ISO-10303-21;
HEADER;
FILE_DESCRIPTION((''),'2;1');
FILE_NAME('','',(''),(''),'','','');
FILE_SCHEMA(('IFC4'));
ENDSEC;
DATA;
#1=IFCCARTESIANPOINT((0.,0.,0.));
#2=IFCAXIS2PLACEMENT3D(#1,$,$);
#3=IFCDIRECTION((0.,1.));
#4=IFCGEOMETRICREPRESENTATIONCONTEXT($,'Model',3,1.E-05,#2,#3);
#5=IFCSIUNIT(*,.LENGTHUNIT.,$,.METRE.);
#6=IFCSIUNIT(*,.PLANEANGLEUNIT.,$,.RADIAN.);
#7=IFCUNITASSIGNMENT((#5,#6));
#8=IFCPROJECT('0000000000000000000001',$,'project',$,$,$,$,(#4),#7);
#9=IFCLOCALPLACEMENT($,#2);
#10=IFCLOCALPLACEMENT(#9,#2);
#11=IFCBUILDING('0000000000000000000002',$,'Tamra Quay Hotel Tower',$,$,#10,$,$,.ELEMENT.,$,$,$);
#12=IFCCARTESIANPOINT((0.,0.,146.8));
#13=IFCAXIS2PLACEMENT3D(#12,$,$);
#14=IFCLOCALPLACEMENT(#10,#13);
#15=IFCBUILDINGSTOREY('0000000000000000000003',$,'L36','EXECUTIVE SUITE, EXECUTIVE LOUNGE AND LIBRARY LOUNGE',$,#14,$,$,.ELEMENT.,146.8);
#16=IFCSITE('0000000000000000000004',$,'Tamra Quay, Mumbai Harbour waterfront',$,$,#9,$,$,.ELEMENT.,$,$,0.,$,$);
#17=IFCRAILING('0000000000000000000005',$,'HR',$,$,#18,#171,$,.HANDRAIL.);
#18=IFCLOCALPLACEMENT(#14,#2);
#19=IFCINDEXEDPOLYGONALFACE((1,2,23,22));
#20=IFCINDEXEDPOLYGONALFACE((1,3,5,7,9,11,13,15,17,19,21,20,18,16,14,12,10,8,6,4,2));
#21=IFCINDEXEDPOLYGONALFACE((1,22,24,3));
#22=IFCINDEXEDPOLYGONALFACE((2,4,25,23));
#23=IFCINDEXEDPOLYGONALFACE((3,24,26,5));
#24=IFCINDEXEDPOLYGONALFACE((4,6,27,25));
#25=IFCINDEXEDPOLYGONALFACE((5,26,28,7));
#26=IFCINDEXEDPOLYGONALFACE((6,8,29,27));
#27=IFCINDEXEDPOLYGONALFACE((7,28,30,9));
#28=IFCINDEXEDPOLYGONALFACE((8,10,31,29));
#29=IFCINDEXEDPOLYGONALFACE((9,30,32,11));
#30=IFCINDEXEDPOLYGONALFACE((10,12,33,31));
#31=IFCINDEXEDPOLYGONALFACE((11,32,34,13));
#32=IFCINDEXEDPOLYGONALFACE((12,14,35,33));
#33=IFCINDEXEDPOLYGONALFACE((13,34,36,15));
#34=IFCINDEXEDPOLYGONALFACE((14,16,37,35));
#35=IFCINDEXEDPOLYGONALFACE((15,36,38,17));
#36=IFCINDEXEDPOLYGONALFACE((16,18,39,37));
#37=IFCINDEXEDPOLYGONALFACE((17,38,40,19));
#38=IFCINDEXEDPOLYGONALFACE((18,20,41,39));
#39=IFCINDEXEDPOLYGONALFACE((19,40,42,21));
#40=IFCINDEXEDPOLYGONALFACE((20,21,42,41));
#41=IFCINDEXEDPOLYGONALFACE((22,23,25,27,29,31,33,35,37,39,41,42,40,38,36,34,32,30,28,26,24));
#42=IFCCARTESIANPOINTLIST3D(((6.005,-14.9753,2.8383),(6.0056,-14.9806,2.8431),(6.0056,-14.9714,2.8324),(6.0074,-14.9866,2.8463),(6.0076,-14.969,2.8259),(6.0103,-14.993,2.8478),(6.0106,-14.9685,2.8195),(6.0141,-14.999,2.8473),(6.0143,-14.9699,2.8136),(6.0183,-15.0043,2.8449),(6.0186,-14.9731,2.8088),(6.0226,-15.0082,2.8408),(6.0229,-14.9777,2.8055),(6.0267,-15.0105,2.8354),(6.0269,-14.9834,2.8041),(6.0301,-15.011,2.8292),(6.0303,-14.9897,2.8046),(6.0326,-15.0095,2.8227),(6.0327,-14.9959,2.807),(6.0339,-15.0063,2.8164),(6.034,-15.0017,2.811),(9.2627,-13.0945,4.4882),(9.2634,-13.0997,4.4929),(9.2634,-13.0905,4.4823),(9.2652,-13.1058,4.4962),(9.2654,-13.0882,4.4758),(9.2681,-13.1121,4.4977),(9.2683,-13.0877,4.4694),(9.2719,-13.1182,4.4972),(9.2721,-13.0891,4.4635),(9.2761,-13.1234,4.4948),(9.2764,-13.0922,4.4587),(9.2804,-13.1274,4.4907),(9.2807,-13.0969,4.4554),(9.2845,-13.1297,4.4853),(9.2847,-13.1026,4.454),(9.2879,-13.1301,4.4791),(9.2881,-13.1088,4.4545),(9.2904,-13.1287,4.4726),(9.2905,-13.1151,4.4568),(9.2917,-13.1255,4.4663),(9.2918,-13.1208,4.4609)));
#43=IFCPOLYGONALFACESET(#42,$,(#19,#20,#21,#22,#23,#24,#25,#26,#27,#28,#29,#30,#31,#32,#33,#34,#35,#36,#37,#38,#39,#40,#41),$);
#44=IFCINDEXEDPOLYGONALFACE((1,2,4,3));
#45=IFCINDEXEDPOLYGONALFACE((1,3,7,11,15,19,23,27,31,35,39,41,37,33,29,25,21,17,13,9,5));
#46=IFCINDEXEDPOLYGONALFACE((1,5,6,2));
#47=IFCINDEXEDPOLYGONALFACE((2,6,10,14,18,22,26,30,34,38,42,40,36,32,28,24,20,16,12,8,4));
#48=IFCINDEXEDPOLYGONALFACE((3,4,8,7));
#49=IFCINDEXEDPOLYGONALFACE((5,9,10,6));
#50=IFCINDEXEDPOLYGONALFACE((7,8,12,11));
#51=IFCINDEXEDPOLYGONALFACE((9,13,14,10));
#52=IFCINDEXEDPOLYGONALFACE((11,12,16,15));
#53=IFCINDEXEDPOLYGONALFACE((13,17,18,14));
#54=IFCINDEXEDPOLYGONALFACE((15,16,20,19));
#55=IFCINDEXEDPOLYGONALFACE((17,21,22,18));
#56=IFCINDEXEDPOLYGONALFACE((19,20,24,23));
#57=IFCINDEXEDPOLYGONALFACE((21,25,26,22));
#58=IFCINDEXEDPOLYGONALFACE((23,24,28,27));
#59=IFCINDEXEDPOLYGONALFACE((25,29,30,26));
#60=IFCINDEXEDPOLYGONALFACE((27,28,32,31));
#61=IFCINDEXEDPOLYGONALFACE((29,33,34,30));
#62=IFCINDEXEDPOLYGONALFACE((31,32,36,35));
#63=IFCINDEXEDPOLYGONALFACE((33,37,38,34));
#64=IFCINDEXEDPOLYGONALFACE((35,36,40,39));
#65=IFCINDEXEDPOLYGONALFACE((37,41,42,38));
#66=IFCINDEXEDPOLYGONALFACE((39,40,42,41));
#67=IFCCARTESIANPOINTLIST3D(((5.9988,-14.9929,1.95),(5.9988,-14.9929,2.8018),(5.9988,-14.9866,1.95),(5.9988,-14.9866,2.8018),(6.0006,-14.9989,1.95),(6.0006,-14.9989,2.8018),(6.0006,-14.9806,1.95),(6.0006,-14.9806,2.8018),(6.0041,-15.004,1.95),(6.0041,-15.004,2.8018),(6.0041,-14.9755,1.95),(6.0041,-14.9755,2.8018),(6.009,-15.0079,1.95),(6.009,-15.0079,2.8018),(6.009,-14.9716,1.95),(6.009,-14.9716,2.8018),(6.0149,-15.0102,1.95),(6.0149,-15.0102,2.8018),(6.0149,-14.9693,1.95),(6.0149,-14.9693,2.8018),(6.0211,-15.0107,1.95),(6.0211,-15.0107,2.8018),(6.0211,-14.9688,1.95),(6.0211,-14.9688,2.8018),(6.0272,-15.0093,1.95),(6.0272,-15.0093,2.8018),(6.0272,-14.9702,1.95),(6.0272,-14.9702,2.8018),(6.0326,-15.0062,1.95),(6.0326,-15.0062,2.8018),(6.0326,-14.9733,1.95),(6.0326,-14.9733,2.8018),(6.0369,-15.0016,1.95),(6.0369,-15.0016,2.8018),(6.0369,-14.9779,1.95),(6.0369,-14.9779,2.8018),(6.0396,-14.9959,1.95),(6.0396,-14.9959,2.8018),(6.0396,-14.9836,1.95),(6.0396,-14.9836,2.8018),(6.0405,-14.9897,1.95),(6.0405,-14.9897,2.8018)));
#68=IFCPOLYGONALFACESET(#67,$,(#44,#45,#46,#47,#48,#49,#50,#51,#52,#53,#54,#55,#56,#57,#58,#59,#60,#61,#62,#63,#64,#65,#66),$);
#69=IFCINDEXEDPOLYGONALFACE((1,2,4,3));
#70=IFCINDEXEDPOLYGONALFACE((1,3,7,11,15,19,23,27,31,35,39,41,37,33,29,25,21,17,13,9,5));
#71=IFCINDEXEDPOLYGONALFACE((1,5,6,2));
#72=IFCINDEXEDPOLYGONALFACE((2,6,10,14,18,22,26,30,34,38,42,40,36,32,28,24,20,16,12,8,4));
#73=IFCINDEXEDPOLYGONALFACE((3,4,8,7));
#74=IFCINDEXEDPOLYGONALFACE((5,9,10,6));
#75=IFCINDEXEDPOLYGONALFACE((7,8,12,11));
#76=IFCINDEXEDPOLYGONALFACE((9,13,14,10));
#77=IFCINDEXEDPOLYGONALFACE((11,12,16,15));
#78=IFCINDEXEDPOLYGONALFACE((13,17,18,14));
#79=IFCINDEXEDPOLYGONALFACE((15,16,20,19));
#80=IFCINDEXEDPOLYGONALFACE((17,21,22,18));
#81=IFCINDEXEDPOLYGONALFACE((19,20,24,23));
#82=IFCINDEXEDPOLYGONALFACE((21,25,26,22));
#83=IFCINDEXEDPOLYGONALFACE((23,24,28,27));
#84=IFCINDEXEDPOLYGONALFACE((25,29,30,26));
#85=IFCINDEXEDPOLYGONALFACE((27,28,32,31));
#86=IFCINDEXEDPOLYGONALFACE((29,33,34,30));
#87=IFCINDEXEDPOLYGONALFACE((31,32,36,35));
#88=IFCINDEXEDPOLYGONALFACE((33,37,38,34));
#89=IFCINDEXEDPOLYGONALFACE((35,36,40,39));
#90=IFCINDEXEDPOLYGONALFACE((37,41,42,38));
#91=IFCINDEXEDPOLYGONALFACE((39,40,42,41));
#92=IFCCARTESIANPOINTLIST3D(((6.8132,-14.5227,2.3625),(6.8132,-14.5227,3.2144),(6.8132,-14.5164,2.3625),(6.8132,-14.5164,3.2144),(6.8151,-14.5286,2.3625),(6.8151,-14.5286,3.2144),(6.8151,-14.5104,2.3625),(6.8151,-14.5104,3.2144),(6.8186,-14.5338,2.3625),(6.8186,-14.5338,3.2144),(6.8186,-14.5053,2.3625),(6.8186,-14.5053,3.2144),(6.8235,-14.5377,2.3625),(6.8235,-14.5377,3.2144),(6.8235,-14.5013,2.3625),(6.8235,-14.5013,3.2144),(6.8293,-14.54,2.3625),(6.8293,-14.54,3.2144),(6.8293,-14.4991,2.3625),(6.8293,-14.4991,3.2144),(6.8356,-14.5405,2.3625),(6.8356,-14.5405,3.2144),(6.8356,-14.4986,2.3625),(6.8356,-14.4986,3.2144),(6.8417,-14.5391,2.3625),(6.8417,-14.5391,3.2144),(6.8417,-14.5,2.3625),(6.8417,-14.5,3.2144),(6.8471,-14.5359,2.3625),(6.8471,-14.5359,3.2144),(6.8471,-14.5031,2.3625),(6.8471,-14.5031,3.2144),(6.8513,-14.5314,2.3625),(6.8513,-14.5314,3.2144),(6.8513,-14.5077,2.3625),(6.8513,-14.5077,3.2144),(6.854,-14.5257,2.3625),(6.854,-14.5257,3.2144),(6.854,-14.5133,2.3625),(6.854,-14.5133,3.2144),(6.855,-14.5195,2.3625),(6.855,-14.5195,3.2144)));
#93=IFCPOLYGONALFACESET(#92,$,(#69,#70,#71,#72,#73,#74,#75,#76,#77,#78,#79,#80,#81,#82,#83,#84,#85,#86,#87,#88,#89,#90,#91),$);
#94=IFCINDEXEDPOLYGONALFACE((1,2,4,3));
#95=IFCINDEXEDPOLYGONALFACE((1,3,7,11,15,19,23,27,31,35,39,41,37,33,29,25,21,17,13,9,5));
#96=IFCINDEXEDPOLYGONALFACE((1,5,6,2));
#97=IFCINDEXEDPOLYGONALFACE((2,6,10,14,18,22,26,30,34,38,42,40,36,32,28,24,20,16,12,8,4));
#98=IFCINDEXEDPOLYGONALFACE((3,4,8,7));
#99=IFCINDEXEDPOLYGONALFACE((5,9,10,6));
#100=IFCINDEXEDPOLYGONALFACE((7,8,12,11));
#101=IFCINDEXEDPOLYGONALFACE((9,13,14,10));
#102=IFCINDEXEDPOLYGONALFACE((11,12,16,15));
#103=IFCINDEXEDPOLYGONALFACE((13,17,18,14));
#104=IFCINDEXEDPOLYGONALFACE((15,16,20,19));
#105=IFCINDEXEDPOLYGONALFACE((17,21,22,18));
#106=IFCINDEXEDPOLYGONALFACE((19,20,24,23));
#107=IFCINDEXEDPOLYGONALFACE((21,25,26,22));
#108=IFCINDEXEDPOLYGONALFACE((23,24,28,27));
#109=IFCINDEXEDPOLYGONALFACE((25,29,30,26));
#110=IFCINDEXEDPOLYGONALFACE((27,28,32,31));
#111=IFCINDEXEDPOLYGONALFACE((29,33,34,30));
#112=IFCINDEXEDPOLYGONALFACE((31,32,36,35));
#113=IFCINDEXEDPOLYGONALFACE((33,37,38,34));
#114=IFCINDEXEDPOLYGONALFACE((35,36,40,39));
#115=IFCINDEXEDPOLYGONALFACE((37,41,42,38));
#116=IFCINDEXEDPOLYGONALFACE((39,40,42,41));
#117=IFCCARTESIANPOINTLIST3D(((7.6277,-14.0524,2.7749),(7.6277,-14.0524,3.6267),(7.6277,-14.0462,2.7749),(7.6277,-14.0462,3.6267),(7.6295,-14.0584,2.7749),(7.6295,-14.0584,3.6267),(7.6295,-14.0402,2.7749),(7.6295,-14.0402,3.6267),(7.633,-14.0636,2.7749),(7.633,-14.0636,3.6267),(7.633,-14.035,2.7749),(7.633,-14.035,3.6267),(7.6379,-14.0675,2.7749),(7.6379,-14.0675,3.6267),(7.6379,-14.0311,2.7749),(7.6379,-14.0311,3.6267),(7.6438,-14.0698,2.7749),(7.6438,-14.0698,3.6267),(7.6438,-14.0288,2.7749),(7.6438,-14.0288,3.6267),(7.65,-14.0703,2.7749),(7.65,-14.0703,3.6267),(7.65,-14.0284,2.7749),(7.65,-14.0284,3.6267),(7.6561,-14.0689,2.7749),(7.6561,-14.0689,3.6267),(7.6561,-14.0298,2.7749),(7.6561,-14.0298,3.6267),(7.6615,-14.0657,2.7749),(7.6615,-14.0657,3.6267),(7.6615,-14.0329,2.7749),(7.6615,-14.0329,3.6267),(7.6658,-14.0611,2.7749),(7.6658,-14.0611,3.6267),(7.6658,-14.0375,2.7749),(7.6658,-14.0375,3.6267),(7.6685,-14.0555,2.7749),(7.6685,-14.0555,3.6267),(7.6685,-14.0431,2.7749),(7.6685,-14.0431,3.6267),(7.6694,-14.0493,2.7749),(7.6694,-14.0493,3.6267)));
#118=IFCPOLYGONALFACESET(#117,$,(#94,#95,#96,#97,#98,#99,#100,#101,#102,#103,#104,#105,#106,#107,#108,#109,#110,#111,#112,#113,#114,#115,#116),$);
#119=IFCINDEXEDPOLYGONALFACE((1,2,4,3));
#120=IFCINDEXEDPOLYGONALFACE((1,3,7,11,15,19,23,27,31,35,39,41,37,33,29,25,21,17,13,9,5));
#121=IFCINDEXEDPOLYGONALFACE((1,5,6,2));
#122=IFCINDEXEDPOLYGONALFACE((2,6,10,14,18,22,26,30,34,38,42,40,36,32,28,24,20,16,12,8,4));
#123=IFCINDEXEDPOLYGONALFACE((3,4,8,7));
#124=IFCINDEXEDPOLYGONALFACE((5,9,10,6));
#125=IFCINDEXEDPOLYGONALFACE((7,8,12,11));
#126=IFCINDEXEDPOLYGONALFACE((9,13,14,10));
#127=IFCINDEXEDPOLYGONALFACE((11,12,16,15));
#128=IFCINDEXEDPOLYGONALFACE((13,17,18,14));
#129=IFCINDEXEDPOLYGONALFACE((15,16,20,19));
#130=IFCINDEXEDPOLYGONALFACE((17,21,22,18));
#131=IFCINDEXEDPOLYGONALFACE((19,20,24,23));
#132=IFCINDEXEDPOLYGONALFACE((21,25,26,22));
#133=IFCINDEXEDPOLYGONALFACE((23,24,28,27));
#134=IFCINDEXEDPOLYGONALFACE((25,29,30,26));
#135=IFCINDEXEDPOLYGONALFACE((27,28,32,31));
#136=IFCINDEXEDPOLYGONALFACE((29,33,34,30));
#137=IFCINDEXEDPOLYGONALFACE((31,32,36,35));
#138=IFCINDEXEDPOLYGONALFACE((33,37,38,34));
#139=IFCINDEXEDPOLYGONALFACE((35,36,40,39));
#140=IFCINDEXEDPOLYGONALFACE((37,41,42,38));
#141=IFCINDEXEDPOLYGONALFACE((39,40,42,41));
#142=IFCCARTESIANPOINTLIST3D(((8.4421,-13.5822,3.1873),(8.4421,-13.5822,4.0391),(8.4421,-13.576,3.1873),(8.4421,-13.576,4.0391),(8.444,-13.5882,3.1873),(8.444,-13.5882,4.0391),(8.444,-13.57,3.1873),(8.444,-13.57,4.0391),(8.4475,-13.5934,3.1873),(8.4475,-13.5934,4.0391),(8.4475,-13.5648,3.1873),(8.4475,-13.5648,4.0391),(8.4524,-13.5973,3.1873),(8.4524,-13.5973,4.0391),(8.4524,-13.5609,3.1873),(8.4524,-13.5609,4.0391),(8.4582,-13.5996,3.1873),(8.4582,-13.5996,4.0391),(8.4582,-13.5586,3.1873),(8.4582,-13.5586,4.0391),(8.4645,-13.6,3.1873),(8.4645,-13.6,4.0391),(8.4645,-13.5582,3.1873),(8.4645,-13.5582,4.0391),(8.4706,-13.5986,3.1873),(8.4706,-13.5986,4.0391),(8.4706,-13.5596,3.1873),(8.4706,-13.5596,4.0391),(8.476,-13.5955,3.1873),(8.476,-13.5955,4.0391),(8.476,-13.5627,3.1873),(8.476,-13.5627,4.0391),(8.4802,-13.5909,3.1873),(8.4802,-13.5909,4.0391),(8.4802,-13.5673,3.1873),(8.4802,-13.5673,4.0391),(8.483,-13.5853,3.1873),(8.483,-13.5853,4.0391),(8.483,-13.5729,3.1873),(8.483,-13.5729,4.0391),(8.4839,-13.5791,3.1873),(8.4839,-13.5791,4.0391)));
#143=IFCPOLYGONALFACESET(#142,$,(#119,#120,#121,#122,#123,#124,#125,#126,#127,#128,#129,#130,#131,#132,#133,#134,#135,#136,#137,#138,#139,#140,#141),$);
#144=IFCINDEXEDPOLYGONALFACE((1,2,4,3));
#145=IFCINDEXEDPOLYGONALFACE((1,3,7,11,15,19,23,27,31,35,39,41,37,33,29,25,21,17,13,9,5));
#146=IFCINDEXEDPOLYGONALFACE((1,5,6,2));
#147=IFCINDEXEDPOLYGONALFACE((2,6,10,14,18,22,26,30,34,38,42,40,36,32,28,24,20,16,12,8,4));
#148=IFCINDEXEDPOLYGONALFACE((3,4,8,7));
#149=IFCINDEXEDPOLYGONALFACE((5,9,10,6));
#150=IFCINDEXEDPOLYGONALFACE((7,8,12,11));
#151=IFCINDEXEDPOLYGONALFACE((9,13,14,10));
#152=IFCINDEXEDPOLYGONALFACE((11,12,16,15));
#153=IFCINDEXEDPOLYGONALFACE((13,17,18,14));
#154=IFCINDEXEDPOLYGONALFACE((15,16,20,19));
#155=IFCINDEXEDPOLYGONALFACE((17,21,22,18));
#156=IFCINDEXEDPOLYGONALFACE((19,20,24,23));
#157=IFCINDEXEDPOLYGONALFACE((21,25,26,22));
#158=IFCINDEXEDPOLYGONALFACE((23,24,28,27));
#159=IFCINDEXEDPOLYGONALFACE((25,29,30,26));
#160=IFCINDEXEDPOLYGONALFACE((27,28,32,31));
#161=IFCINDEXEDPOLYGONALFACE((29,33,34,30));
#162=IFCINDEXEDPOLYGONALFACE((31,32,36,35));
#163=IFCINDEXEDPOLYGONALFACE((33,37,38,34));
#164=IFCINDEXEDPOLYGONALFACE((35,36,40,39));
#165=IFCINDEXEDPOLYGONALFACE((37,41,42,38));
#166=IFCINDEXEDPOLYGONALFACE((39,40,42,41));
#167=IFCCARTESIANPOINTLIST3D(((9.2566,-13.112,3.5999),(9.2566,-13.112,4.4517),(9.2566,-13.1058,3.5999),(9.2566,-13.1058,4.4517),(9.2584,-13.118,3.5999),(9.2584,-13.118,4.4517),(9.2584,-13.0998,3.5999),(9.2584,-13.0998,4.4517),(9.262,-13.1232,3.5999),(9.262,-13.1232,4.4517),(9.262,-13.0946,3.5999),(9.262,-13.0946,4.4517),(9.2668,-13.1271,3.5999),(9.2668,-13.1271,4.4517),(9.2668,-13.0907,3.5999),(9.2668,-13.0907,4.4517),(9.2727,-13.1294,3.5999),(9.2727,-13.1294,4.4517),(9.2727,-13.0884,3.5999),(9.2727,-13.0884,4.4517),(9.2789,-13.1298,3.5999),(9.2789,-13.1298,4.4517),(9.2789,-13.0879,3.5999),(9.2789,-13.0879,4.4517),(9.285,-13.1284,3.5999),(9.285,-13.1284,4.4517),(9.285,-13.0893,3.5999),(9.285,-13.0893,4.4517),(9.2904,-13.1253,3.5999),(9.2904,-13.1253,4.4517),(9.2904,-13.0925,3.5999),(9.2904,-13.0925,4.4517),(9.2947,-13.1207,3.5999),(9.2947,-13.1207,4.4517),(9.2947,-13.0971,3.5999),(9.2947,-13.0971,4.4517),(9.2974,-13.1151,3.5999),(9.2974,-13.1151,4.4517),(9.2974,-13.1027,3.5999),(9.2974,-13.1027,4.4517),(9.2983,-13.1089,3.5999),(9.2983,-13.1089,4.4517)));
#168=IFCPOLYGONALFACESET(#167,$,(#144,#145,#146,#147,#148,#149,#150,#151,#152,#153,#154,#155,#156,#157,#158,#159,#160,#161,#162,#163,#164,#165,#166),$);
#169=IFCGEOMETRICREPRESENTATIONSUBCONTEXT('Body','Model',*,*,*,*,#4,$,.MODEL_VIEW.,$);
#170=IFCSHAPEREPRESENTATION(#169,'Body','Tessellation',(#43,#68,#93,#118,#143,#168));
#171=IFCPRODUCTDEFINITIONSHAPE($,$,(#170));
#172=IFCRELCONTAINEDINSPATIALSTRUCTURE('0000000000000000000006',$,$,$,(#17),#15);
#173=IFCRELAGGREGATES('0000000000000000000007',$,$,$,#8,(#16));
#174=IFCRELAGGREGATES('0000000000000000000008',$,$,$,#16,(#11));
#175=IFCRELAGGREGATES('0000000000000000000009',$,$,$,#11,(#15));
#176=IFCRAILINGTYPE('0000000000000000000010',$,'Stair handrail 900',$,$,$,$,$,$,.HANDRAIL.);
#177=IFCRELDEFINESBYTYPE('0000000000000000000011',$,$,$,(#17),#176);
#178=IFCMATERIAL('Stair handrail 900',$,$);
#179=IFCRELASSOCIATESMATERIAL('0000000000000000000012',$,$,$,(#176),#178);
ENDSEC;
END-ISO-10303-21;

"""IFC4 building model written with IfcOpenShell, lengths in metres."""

from ifc_helpers import new_model, si_unit, direction, frame, origin, origin_2d, place, context, subcontext, project, spatial, circle, extrude, material, type_object, element, save


model = new_model("IFC4")

# Units and contexts
model_context = context("Model", 3, precision=1e-05, world=origin(), true_north=direction((0.0, 1.0)))
body_context = subcontext(model_context, "Body", "Model", "MODEL_VIEW")
ifc_project = project(units=[si_unit("LENGTHUNIT", "METRE"), si_unit("PLANEANGLEUNIT", "RADIAN")], contexts=[model_context])

# Site, building, storey
site_placement = place(None, origin())
site = spatial("IfcSite", under=ifc_project, at=site_placement, Name="Tamra Quay, Mumbai Harbour waterfront", CompositionType="ELEMENT", RefElevation=0.0)
building_placement = place(site_placement, origin())
building = spatial("IfcBuilding", under=site, at=building_placement, Name="Tamra Quay Hotel Tower", CompositionType="ELEMENT")
storey_placement = place(building_placement, frame((0.0, 0.0, 146.8)))
storey = spatial("IfcBuildingStorey", under=building, at=storey_placement, Name="L36", Description="EXECUTIVE SUITE, EXECUTIVE LOUNGE AND LIBRARY LOUNGE", CompositionType="ELEMENT", Elevation=146.8)

# Railing
ifc_material_1 = material(Name="Stair handrail 900")
railing_type_1 = type_object("IfcRailingType", Name="Stair handrail 900", PredefinedType="HANDRAIL", material=ifc_material_1)
railing_1_placement = place(storey_placement, frame((6.0195, -14.9897, 1.95)))
element("IfcRailing", 1, at=railing_1_placement, inside=storey, type_object=railing_type_1, Name="HR", PredefinedType="HANDRAIL", context=body_context, shape_type="SweptSolid", body=[
    extrude(circle(Radius=0.0239, at=origin_2d()), frame((0.0, 0.0, 0.876), z_axis=(0.7931, 0.457887, 0.401661), x_axis=(-0.499992, 0.86603, 0.0)), (0.0, 0.0, 1.0), 4.1077),
    extrude(circle(Radius=0.021, at=origin_2d()), origin(), (0.0, 0.0, 1.0), 0.8518),
    extrude(circle(Radius=0.021, at=origin_2d()), frame((0.8145, 0.4702, 0.4126)), (0.0, 0.0, 1.0), 0.8518),
    extrude(circle(Radius=0.021, at=origin_2d()), frame((1.6289, 0.9404, 0.825)), (0.0, 0.0, 1.0), 0.8518),
    extrude(circle(Radius=0.021, at=origin_2d()), frame((2.4434, 1.4106, 1.2373)), (0.0, 0.0, 1.0), 0.8518),
    extrude(circle(Radius=0.021, at=origin_2d()), frame((3.2578, 1.8809, 1.6499)), (0.0, 0.0, 1.0), 0.8518),
])

save(model, "model.ifc")
